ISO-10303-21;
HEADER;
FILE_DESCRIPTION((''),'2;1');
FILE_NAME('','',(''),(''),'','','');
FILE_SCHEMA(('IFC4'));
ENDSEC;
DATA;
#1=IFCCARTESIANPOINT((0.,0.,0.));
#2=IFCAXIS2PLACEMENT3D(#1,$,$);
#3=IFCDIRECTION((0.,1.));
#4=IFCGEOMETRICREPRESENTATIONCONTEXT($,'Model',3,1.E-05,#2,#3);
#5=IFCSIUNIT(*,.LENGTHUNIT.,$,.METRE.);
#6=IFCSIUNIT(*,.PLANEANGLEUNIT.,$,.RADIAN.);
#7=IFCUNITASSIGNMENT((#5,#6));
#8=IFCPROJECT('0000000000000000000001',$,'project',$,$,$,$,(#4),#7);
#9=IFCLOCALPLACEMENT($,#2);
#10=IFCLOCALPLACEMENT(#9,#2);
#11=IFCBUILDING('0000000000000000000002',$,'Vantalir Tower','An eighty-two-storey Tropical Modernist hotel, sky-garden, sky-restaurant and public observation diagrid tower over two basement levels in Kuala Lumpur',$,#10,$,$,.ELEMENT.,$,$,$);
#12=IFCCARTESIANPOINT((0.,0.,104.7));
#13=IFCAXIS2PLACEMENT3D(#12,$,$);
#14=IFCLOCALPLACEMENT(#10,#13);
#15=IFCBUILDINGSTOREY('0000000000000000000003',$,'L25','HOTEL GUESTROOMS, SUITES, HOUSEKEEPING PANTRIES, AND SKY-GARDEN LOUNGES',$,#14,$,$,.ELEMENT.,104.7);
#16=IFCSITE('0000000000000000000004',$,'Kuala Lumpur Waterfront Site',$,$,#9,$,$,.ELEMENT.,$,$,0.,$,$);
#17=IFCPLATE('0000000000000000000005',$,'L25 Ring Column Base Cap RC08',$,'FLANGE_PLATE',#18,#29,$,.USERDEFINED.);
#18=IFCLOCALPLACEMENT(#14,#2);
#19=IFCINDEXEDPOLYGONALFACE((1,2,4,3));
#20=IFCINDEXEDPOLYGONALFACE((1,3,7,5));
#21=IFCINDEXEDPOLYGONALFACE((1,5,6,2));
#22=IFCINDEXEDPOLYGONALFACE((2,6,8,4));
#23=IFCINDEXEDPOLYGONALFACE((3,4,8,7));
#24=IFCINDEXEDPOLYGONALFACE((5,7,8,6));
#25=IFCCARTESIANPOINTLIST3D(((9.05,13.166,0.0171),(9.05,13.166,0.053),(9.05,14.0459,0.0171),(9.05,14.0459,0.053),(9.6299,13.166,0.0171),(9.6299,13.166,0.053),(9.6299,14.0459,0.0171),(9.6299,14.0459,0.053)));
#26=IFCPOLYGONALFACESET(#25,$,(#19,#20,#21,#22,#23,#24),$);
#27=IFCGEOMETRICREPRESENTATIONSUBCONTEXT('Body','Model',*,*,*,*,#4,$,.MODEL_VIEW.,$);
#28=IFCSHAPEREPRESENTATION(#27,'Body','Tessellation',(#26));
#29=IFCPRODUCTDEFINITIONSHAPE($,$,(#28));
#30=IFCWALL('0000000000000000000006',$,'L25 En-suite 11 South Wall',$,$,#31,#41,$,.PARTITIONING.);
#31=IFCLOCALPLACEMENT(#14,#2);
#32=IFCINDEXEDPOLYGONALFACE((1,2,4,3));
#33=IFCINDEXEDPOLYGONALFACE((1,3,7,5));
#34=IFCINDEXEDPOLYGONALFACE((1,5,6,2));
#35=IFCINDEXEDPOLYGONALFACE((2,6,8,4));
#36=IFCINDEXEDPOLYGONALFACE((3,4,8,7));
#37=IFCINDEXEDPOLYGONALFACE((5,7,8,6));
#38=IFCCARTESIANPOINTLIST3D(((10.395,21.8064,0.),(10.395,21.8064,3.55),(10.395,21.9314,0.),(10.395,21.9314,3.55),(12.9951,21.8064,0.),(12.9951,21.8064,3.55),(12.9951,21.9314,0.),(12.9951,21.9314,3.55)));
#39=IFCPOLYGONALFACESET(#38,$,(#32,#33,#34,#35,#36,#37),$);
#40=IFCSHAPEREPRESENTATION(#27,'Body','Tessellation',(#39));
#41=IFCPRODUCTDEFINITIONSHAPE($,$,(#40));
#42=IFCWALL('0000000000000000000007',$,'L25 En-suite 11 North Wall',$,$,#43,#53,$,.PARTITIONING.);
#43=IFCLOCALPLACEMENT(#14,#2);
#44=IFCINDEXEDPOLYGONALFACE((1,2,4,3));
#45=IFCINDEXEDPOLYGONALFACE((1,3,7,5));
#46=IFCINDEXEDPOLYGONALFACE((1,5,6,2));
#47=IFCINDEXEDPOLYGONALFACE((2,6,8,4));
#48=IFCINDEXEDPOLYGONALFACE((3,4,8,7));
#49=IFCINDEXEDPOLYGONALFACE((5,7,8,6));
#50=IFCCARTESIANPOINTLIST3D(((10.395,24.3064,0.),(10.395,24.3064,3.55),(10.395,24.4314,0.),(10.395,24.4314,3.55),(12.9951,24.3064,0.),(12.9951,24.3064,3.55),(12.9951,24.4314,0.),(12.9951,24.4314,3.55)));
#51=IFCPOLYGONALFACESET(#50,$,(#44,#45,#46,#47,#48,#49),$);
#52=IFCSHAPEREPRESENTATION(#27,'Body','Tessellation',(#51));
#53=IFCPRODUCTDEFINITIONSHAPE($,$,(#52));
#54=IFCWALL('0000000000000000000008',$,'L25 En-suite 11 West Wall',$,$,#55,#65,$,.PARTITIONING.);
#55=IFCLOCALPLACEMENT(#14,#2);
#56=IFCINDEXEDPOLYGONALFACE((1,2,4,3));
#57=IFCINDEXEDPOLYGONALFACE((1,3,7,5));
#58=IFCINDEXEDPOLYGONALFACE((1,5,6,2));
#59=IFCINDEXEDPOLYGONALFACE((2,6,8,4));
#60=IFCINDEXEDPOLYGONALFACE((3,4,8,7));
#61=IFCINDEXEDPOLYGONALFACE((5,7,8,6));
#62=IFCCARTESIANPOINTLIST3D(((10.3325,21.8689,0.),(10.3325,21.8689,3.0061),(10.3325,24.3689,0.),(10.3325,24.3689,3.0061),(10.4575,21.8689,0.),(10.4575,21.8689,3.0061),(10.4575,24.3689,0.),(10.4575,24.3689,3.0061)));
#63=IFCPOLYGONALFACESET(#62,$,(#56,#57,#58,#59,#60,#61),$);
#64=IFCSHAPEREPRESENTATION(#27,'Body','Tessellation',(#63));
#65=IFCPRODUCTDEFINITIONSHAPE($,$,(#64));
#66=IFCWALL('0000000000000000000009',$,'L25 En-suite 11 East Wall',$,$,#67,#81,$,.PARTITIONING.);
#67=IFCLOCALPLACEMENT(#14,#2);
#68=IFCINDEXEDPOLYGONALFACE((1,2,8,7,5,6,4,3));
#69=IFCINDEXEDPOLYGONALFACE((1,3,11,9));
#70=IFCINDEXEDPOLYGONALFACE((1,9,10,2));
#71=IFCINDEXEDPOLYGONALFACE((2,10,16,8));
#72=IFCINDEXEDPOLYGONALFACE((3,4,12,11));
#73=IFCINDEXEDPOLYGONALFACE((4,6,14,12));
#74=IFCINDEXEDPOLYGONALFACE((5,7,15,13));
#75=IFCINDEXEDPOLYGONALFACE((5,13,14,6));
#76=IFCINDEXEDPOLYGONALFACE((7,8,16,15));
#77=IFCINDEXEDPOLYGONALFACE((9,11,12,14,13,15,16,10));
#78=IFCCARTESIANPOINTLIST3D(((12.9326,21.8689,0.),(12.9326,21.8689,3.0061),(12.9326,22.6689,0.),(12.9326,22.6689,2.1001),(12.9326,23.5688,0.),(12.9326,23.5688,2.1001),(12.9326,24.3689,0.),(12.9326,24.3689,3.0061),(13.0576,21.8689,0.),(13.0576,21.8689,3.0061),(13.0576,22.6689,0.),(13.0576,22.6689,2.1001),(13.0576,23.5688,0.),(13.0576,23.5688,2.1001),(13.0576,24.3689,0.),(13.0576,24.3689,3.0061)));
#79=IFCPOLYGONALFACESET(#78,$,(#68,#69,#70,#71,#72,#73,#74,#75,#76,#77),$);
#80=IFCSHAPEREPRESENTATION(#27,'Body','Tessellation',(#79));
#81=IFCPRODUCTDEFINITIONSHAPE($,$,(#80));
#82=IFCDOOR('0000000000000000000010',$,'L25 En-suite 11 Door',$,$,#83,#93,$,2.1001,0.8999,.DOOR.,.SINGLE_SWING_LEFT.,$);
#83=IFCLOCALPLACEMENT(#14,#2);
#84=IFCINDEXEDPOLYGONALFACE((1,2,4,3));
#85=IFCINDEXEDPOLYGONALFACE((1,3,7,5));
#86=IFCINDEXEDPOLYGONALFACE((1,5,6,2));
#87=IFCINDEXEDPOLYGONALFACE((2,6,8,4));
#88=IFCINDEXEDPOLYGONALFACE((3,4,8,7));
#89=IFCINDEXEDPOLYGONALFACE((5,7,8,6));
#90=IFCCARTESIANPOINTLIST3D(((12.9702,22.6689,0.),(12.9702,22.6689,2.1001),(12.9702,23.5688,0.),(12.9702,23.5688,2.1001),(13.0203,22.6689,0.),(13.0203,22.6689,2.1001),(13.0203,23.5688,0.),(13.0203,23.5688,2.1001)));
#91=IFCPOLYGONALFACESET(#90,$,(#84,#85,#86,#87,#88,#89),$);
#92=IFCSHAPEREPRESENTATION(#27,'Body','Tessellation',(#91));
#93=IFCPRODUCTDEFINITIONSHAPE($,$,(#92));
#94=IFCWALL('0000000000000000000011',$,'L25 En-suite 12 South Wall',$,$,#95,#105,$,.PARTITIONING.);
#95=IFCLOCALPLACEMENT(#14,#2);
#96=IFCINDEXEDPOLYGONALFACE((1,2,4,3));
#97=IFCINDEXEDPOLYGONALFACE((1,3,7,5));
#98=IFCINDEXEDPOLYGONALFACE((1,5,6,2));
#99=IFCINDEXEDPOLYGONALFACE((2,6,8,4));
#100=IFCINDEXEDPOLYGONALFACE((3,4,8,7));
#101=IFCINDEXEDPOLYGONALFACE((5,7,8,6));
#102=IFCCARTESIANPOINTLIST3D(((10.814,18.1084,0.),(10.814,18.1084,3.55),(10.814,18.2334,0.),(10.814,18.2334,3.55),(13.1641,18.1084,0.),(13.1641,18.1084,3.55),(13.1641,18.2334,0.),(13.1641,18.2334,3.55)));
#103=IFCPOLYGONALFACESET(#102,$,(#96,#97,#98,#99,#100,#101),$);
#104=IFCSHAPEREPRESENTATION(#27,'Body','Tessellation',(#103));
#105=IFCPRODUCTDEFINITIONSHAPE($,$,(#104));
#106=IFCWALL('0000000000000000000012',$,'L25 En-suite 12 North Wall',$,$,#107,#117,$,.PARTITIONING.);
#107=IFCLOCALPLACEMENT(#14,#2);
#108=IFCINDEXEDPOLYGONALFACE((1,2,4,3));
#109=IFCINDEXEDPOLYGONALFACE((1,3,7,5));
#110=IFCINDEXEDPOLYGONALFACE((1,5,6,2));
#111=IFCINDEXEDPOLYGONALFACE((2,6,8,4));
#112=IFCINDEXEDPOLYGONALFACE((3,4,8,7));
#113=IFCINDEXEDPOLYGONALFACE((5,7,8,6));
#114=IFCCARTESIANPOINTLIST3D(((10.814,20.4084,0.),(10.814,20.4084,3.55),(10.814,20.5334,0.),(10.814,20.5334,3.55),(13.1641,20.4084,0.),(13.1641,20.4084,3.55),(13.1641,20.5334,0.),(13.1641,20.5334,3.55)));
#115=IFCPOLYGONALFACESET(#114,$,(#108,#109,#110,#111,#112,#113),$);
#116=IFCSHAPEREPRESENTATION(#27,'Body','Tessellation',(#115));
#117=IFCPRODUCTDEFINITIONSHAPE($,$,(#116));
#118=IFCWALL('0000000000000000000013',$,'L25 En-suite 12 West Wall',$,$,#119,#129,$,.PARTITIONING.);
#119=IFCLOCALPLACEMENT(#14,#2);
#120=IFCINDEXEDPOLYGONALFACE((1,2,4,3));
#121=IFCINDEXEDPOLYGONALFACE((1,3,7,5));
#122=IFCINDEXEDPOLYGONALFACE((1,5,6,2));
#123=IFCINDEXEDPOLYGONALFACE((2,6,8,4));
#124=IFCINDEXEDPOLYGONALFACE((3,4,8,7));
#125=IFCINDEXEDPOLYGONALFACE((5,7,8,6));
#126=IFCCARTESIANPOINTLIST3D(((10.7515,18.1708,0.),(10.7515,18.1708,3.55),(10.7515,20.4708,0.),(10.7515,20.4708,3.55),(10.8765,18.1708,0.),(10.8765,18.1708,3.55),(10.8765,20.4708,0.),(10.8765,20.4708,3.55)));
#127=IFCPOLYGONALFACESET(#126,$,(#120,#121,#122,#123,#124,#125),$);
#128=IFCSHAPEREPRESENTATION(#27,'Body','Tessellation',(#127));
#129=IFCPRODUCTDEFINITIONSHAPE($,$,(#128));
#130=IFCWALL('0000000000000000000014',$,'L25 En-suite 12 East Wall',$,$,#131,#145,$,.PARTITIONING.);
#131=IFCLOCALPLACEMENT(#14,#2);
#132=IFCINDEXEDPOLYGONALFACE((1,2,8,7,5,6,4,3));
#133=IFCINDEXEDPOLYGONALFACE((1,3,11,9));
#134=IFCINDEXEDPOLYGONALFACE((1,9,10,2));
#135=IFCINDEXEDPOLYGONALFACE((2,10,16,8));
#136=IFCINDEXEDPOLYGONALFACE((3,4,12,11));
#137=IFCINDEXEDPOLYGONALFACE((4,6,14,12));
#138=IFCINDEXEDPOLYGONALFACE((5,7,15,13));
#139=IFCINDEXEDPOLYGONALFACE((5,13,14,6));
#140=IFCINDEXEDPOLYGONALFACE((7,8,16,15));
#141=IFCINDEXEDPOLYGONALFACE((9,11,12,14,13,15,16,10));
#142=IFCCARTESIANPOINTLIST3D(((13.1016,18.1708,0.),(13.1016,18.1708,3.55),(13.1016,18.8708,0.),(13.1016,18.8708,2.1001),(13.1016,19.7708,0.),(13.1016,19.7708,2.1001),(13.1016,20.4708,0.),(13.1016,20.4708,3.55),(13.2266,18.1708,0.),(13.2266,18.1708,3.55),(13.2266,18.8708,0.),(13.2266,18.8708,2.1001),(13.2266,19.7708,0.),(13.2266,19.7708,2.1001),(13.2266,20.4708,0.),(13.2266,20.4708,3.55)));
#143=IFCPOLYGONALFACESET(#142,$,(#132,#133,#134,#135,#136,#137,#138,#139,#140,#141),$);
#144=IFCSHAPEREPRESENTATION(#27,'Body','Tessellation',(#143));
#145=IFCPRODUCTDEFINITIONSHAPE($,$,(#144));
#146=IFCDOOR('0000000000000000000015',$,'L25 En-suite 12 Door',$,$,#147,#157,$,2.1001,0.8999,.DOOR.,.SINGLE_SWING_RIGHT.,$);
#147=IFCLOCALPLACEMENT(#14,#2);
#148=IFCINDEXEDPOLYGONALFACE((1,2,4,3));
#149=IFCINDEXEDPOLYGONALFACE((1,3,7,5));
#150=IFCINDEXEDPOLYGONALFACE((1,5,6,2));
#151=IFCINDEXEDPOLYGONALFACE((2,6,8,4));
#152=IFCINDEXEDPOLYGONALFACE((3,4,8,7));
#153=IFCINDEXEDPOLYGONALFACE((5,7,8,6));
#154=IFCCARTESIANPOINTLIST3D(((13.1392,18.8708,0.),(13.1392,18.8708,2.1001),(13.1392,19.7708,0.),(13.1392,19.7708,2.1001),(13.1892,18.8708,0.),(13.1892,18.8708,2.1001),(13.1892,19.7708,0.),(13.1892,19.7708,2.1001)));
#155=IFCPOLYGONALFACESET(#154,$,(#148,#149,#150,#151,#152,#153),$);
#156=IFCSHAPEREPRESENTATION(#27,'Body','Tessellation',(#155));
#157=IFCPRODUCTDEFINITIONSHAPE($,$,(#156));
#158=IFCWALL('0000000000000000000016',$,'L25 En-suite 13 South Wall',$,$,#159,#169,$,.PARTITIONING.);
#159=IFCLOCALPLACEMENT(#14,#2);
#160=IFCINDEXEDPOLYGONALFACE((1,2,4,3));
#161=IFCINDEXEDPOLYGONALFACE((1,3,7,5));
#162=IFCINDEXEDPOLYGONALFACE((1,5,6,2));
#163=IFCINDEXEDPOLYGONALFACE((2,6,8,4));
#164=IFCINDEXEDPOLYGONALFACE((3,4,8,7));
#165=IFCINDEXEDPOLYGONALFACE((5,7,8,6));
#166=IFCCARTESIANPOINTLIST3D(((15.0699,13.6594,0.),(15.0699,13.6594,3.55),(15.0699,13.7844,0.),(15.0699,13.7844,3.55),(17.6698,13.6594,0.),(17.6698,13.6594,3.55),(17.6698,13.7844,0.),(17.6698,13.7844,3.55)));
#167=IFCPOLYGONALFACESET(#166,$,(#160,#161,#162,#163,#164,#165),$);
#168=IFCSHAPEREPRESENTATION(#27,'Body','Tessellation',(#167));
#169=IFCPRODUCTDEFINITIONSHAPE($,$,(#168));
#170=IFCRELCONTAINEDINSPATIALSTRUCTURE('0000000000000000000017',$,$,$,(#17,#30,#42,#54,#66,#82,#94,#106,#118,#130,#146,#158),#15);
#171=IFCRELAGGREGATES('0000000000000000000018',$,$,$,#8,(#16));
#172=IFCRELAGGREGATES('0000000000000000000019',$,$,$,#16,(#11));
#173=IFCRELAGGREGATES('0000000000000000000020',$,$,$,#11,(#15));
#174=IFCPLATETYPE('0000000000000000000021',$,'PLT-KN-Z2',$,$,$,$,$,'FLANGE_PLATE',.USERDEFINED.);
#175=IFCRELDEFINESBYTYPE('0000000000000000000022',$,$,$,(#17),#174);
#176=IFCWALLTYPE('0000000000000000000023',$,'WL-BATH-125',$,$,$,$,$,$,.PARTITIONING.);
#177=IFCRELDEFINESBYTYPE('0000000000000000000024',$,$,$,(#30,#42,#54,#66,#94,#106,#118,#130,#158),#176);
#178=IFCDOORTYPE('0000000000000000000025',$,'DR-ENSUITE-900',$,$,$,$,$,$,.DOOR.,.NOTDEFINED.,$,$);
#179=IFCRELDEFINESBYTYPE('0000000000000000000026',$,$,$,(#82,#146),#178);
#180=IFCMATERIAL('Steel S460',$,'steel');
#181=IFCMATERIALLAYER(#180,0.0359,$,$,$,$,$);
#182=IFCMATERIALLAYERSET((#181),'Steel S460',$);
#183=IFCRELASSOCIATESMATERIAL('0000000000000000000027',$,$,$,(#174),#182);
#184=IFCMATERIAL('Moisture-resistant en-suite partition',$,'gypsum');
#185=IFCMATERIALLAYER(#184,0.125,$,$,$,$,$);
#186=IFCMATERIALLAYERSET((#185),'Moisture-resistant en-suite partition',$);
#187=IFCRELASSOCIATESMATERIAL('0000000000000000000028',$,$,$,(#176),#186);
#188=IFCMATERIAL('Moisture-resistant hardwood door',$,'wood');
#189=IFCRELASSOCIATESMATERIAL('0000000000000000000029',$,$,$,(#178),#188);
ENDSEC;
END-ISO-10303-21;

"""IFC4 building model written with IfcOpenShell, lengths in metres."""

from ifc_helpers import new_model, si_unit, direction, frame, frame_2d, origin, place, context, subcontext, project, spatial, polyline, rectangle, outline, extrude, material, layer, layer_set, type_object, element, fill, save


model = new_model("IFC4")

# Units and contexts
model_context = context("Model", 3, precision=1e-05, world=origin(), true_north=direction((0.0, 1.0)))
body_context = subcontext(model_context, "Body", "Model", "MODEL_VIEW")
ifc_project = project(units=[si_unit("LENGTHUNIT", "METRE"), si_unit("PLANEANGLEUNIT", "RADIAN")], contexts=[model_context])

# Site, building, storey
site_placement = place(None, origin())
site = spatial("IfcSite", under=ifc_project, at=site_placement, Name="Kuala Lumpur Waterfront Site", CompositionType="ELEMENT", RefElevation=0.0)
building_placement = place(site_placement, origin())
building = spatial("IfcBuilding", under=site, at=building_placement, Name="Vantalir Tower", Description="An eighty-two-storey Tropical Modernist hotel, sky-garden, sky-restaurant and public observation diagrid tower over two basement levels in Kuala Lumpur", CompositionType="ELEMENT")
storey_placement = place(building_placement, frame((0.0, 0.0, 104.7)))
storey = spatial("IfcBuildingStorey", under=building, at=storey_placement, Name="L25", Description="HOTEL GUESTROOMS, SUITES, HOUSEKEEPING PANTRIES, AND SKY-GARDEN LOUNGES", CompositionType="ELEMENT", Elevation=104.7)

# Shared definitions
ifc_material_1 = material(Name="Steel S460", Category="steel")

# Plate
ifc_layer_1 = layer(ifc_material_1, 0.0359)
ifc_layer_set_1 = layer_set([ifc_layer_1], Name="Steel S460")
plate_type_1 = type_object("IfcPlateType", Name="PLT-KN-Z2", ElementType="FLANGE_PLATE", PredefinedType="USERDEFINED", material=ifc_layer_set_1)
for number, where, z_axis, x_axis, name in (
    (1, (9.05, 14.0459, 0.053), (0.0, 0.0, 1.0), (0.0, -1.0, 0.0), "L25 Ring Column Base Cap RC08"),
):
    element("IfcPlate", number, at=place(storey_placement, frame(where, z_axis=z_axis, x_axis=x_axis)), inside=storey, type_object=plate_type_1, Name=name, ObjectType="FLANGE_PLATE", PredefinedType="USERDEFINED", context=body_context, shape_type="SweptSolid", body=[
        extrude(outline(polyline([(0.0, 0.0), (0.8799, 0.0), (0.8799, 0.5798), (0.0, 0.5798), (0.0, 0.0)])), origin(), (0.0, 0.0, -1.0), 0.0359),
    ])

# Walls
ifc_material_2 = material(Name="Moisture-resistant en-suite partition", Category="gypsum")
ifc_layer_2 = layer(ifc_material_2, 0.125)
ifc_layer_set_2 = layer_set([ifc_layer_2], Name="Moisture-resistant en-suite partition")
wall_type_1 = type_object("IfcWallType", Name="WL-BATH-125", PredefinedType="PARTITIONING", material=ifc_layer_set_2)
for number, where, z_axis, x_axis, name in (
    (2, (10.395, 21.8689, 0.0), (0.0, 0.0, 1.0), (1.0, 0.0, 0.0), "L25 En-suite 11 South Wall"),
    (3, (10.395, 24.3689, 0.0), (0.0, 0.0, 1.0), (1.0, 0.0, 0.0), "L25 En-suite 11 North Wall"),
):
    element("IfcWall", number, at=place(storey_placement, frame(where, z_axis=z_axis, x_axis=x_axis)), inside=storey, type_object=wall_type_1, Name=name, PredefinedType="PARTITIONING", context=body_context, shape_type="SweptSolid", body=[
        extrude(rectangle(XDim=2.6001, YDim=0.125, at=frame_2d((1.3, 0.0))), origin(), (0.0, 0.0, 1.0), 3.55),
    ])
wall_1_placement = place(storey_placement, frame((10.395, 21.8689, 0.0), z_axis=(0.0, 0.0, 1.0), x_axis=(0.0, 1.0, 0.0)))
element("IfcWall", 4, at=wall_1_placement, inside=storey, type_object=wall_type_1, Name="L25 En-suite 11 West Wall", PredefinedType="PARTITIONING", context=body_context, shape_type="SweptSolid", body=[
    extrude(rectangle(XDim=2.5, YDim=0.125, at=frame_2d((1.25, 0.0))), origin(), (0.0, 0.0, 1.0), 3.0061),
])

# Wall, opening, door
wall_2_placement = place(storey_placement, frame((12.9951, 21.8689, 0.0), z_axis=(0.0, 0.0, 1.0), x_axis=(0.0, 1.0, 0.0)))
wall_2 = element("IfcWall", 5, at=wall_2_placement, inside=storey, type_object=wall_type_1, Name="L25 En-suite 11 East Wall", PredefinedType="PARTITIONING", context=body_context, shape_type="SweptSolid", body=[
    extrude(rectangle(XDim=2.5, YDim=0.125, at=frame_2d((1.25, 0.0))), origin(), (0.0, 0.0, 1.0), 3.0061),
])
opening_1_placement = place(wall_2_placement, frame((0.8, 0.0, 0.0)))
opening_1 = element("IfcOpeningElement", 6, at=opening_1_placement, cuts=wall_2, PredefinedType="OPENING", context=body_context, shape_type="SweptSolid", body=[
    extrude(rectangle(XDim=0.8999, YDim=2.1001, at=frame_2d((0.45, 1.05))), frame((0.0, 0.0725, 0.0), z_axis=(0.0, -1.0, 0.0), x_axis=(1.0, 0.0, 0.0)), (0.0, 0.0, 1.0), 0.145),
])
ifc_material_3 = material(Name="Moisture-resistant hardwood door", Category="wood")
door_type_1 = type_object("IfcDoorType", Name="DR-ENSUITE-900", OperationType="NOTDEFINED", PredefinedType="DOOR", material=ifc_material_3)
door_1_placement = place(opening_1_placement, origin())
door_1 = element("IfcDoor", 7, at=door_1_placement, inside=storey, type_object=door_type_1, Name="L25 En-suite 11 Door", OperationType="SINGLE_SWING_LEFT", OverallHeight=2.1001, OverallWidth=0.8999, PredefinedType="DOOR", context=body_context, shape_type="SweptSolid", body=[
    extrude(rectangle(XDim=0.8999, YDim=2.1001, at=frame_2d((0.45, 1.05))), frame((0.0, 0.0249, 0.0), z_axis=(0.0, -1.0, 0.0), x_axis=(1.0, 0.0, 0.0)), (0.0, 0.0, 1.0), 0.05),
])
fill(opening_1, door_1)

# Walls
for number, where, z_axis, x_axis, name in (
    (8, (10.814, 18.1709, 0.0), (0.0, 0.0, 1.0), (1.0, 0.0, 0.0), "L25 En-suite 12 South Wall"),
    (9, (10.814, 20.4709, 0.0), (0.0, 0.0, 1.0), (1.0, 0.0, 0.0), "L25 En-suite 12 North Wall"),
):
    element("IfcWall", number, at=place(storey_placement, frame(where, z_axis=z_axis, x_axis=x_axis)), inside=storey, type_object=wall_type_1, Name=name, PredefinedType="PARTITIONING", context=body_context, shape_type="SweptSolid", body=[
        extrude(rectangle(XDim=2.3501, YDim=0.125, at=frame_2d((1.175, 0.0))), origin(), (0.0, 0.0, 1.0), 3.55),
    ])
wall_3_placement = place(storey_placement, frame((10.814, 18.1709, 0.0), z_axis=(0.0, 0.0, 1.0), x_axis=(0.0, 1.0, 0.0)))
element("IfcWall", 10, at=wall_3_placement, inside=storey, type_object=wall_type_1, Name="L25 En-suite 12 West Wall", PredefinedType="PARTITIONING", context=body_context, shape_type="SweptSolid", body=[
    extrude(rectangle(XDim=2.3, YDim=0.125, at=frame_2d((1.1499, 0.0))), origin(), (0.0, 0.0, 1.0), 3.55),
])

# Wall, opening, door
wall_4_placement = place(storey_placement, frame((13.1641, 18.1709, 0.0), z_axis=(0.0, 0.0, 1.0), x_axis=(0.0, 1.0, 0.0)))
wall_4 = element("IfcWall", 11, at=wall_4_placement, inside=storey, type_object=wall_type_1, Name="L25 En-suite 12 East Wall", PredefinedType="PARTITIONING", context=body_context, shape_type="SweptSolid", body=[
    extrude(rectangle(XDim=2.3, YDim=0.125, at=frame_2d((1.1499, 0.0))), origin(), (0.0, 0.0, 1.0), 3.55),
])
opening_2_placement = place(wall_4_placement, frame((0.7, 0.0, 0.0)))
opening_2 = element("IfcOpeningElement", 12, at=opening_2_placement, cuts=wall_4, PredefinedType="OPENING", context=body_context, shape_type="SweptSolid", body=[
    extrude(rectangle(XDim=0.8999, YDim=2.1001, at=frame_2d((0.45, 1.05))), frame((0.0, 0.0725, 0.0), z_axis=(0.0, -1.0, 0.0), x_axis=(1.0, 0.0, 0.0)), (0.0, 0.0, 1.0), 0.145),
])
door_2_placement = place(opening_2_placement, origin())
door_2 = element("IfcDoor", 13, at=door_2_placement, inside=storey, type_object=door_type_1, Name="L25 En-suite 12 Door", OperationType="SINGLE_SWING_RIGHT", OverallHeight=2.1001, OverallWidth=0.8999, PredefinedType="DOOR", context=body_context, shape_type="SweptSolid", body=[
    extrude(rectangle(XDim=0.8999, YDim=2.1001, at=frame_2d((0.45, 1.05))), frame((0.0, 0.0249, 0.0), z_axis=(0.0, -1.0, 0.0), x_axis=(1.0, 0.0, 0.0)), (0.0, 0.0, 1.0), 0.05),
])
fill(opening_2, door_2)

# Wall
wall_5_placement = place(storey_placement, frame((15.0701, 13.7219, 0.0), z_axis=(0.0, 0.0, 1.0), x_axis=(1.0, 0.0, 0.0)))
element("IfcWall", 14, at=wall_5_placement, inside=storey, type_object=wall_type_1, Name="L25 En-suite 13 South Wall", PredefinedType="PARTITIONING", context=body_context, shape_type="SweptSolid", body=[
    extrude(rectangle(XDim=2.5999, YDim=0.125, at=frame_2d((1.2998, 0.0))), origin(), (0.0, 0.0, 1.0), 3.55),
])

save(model, "model.ifc")
